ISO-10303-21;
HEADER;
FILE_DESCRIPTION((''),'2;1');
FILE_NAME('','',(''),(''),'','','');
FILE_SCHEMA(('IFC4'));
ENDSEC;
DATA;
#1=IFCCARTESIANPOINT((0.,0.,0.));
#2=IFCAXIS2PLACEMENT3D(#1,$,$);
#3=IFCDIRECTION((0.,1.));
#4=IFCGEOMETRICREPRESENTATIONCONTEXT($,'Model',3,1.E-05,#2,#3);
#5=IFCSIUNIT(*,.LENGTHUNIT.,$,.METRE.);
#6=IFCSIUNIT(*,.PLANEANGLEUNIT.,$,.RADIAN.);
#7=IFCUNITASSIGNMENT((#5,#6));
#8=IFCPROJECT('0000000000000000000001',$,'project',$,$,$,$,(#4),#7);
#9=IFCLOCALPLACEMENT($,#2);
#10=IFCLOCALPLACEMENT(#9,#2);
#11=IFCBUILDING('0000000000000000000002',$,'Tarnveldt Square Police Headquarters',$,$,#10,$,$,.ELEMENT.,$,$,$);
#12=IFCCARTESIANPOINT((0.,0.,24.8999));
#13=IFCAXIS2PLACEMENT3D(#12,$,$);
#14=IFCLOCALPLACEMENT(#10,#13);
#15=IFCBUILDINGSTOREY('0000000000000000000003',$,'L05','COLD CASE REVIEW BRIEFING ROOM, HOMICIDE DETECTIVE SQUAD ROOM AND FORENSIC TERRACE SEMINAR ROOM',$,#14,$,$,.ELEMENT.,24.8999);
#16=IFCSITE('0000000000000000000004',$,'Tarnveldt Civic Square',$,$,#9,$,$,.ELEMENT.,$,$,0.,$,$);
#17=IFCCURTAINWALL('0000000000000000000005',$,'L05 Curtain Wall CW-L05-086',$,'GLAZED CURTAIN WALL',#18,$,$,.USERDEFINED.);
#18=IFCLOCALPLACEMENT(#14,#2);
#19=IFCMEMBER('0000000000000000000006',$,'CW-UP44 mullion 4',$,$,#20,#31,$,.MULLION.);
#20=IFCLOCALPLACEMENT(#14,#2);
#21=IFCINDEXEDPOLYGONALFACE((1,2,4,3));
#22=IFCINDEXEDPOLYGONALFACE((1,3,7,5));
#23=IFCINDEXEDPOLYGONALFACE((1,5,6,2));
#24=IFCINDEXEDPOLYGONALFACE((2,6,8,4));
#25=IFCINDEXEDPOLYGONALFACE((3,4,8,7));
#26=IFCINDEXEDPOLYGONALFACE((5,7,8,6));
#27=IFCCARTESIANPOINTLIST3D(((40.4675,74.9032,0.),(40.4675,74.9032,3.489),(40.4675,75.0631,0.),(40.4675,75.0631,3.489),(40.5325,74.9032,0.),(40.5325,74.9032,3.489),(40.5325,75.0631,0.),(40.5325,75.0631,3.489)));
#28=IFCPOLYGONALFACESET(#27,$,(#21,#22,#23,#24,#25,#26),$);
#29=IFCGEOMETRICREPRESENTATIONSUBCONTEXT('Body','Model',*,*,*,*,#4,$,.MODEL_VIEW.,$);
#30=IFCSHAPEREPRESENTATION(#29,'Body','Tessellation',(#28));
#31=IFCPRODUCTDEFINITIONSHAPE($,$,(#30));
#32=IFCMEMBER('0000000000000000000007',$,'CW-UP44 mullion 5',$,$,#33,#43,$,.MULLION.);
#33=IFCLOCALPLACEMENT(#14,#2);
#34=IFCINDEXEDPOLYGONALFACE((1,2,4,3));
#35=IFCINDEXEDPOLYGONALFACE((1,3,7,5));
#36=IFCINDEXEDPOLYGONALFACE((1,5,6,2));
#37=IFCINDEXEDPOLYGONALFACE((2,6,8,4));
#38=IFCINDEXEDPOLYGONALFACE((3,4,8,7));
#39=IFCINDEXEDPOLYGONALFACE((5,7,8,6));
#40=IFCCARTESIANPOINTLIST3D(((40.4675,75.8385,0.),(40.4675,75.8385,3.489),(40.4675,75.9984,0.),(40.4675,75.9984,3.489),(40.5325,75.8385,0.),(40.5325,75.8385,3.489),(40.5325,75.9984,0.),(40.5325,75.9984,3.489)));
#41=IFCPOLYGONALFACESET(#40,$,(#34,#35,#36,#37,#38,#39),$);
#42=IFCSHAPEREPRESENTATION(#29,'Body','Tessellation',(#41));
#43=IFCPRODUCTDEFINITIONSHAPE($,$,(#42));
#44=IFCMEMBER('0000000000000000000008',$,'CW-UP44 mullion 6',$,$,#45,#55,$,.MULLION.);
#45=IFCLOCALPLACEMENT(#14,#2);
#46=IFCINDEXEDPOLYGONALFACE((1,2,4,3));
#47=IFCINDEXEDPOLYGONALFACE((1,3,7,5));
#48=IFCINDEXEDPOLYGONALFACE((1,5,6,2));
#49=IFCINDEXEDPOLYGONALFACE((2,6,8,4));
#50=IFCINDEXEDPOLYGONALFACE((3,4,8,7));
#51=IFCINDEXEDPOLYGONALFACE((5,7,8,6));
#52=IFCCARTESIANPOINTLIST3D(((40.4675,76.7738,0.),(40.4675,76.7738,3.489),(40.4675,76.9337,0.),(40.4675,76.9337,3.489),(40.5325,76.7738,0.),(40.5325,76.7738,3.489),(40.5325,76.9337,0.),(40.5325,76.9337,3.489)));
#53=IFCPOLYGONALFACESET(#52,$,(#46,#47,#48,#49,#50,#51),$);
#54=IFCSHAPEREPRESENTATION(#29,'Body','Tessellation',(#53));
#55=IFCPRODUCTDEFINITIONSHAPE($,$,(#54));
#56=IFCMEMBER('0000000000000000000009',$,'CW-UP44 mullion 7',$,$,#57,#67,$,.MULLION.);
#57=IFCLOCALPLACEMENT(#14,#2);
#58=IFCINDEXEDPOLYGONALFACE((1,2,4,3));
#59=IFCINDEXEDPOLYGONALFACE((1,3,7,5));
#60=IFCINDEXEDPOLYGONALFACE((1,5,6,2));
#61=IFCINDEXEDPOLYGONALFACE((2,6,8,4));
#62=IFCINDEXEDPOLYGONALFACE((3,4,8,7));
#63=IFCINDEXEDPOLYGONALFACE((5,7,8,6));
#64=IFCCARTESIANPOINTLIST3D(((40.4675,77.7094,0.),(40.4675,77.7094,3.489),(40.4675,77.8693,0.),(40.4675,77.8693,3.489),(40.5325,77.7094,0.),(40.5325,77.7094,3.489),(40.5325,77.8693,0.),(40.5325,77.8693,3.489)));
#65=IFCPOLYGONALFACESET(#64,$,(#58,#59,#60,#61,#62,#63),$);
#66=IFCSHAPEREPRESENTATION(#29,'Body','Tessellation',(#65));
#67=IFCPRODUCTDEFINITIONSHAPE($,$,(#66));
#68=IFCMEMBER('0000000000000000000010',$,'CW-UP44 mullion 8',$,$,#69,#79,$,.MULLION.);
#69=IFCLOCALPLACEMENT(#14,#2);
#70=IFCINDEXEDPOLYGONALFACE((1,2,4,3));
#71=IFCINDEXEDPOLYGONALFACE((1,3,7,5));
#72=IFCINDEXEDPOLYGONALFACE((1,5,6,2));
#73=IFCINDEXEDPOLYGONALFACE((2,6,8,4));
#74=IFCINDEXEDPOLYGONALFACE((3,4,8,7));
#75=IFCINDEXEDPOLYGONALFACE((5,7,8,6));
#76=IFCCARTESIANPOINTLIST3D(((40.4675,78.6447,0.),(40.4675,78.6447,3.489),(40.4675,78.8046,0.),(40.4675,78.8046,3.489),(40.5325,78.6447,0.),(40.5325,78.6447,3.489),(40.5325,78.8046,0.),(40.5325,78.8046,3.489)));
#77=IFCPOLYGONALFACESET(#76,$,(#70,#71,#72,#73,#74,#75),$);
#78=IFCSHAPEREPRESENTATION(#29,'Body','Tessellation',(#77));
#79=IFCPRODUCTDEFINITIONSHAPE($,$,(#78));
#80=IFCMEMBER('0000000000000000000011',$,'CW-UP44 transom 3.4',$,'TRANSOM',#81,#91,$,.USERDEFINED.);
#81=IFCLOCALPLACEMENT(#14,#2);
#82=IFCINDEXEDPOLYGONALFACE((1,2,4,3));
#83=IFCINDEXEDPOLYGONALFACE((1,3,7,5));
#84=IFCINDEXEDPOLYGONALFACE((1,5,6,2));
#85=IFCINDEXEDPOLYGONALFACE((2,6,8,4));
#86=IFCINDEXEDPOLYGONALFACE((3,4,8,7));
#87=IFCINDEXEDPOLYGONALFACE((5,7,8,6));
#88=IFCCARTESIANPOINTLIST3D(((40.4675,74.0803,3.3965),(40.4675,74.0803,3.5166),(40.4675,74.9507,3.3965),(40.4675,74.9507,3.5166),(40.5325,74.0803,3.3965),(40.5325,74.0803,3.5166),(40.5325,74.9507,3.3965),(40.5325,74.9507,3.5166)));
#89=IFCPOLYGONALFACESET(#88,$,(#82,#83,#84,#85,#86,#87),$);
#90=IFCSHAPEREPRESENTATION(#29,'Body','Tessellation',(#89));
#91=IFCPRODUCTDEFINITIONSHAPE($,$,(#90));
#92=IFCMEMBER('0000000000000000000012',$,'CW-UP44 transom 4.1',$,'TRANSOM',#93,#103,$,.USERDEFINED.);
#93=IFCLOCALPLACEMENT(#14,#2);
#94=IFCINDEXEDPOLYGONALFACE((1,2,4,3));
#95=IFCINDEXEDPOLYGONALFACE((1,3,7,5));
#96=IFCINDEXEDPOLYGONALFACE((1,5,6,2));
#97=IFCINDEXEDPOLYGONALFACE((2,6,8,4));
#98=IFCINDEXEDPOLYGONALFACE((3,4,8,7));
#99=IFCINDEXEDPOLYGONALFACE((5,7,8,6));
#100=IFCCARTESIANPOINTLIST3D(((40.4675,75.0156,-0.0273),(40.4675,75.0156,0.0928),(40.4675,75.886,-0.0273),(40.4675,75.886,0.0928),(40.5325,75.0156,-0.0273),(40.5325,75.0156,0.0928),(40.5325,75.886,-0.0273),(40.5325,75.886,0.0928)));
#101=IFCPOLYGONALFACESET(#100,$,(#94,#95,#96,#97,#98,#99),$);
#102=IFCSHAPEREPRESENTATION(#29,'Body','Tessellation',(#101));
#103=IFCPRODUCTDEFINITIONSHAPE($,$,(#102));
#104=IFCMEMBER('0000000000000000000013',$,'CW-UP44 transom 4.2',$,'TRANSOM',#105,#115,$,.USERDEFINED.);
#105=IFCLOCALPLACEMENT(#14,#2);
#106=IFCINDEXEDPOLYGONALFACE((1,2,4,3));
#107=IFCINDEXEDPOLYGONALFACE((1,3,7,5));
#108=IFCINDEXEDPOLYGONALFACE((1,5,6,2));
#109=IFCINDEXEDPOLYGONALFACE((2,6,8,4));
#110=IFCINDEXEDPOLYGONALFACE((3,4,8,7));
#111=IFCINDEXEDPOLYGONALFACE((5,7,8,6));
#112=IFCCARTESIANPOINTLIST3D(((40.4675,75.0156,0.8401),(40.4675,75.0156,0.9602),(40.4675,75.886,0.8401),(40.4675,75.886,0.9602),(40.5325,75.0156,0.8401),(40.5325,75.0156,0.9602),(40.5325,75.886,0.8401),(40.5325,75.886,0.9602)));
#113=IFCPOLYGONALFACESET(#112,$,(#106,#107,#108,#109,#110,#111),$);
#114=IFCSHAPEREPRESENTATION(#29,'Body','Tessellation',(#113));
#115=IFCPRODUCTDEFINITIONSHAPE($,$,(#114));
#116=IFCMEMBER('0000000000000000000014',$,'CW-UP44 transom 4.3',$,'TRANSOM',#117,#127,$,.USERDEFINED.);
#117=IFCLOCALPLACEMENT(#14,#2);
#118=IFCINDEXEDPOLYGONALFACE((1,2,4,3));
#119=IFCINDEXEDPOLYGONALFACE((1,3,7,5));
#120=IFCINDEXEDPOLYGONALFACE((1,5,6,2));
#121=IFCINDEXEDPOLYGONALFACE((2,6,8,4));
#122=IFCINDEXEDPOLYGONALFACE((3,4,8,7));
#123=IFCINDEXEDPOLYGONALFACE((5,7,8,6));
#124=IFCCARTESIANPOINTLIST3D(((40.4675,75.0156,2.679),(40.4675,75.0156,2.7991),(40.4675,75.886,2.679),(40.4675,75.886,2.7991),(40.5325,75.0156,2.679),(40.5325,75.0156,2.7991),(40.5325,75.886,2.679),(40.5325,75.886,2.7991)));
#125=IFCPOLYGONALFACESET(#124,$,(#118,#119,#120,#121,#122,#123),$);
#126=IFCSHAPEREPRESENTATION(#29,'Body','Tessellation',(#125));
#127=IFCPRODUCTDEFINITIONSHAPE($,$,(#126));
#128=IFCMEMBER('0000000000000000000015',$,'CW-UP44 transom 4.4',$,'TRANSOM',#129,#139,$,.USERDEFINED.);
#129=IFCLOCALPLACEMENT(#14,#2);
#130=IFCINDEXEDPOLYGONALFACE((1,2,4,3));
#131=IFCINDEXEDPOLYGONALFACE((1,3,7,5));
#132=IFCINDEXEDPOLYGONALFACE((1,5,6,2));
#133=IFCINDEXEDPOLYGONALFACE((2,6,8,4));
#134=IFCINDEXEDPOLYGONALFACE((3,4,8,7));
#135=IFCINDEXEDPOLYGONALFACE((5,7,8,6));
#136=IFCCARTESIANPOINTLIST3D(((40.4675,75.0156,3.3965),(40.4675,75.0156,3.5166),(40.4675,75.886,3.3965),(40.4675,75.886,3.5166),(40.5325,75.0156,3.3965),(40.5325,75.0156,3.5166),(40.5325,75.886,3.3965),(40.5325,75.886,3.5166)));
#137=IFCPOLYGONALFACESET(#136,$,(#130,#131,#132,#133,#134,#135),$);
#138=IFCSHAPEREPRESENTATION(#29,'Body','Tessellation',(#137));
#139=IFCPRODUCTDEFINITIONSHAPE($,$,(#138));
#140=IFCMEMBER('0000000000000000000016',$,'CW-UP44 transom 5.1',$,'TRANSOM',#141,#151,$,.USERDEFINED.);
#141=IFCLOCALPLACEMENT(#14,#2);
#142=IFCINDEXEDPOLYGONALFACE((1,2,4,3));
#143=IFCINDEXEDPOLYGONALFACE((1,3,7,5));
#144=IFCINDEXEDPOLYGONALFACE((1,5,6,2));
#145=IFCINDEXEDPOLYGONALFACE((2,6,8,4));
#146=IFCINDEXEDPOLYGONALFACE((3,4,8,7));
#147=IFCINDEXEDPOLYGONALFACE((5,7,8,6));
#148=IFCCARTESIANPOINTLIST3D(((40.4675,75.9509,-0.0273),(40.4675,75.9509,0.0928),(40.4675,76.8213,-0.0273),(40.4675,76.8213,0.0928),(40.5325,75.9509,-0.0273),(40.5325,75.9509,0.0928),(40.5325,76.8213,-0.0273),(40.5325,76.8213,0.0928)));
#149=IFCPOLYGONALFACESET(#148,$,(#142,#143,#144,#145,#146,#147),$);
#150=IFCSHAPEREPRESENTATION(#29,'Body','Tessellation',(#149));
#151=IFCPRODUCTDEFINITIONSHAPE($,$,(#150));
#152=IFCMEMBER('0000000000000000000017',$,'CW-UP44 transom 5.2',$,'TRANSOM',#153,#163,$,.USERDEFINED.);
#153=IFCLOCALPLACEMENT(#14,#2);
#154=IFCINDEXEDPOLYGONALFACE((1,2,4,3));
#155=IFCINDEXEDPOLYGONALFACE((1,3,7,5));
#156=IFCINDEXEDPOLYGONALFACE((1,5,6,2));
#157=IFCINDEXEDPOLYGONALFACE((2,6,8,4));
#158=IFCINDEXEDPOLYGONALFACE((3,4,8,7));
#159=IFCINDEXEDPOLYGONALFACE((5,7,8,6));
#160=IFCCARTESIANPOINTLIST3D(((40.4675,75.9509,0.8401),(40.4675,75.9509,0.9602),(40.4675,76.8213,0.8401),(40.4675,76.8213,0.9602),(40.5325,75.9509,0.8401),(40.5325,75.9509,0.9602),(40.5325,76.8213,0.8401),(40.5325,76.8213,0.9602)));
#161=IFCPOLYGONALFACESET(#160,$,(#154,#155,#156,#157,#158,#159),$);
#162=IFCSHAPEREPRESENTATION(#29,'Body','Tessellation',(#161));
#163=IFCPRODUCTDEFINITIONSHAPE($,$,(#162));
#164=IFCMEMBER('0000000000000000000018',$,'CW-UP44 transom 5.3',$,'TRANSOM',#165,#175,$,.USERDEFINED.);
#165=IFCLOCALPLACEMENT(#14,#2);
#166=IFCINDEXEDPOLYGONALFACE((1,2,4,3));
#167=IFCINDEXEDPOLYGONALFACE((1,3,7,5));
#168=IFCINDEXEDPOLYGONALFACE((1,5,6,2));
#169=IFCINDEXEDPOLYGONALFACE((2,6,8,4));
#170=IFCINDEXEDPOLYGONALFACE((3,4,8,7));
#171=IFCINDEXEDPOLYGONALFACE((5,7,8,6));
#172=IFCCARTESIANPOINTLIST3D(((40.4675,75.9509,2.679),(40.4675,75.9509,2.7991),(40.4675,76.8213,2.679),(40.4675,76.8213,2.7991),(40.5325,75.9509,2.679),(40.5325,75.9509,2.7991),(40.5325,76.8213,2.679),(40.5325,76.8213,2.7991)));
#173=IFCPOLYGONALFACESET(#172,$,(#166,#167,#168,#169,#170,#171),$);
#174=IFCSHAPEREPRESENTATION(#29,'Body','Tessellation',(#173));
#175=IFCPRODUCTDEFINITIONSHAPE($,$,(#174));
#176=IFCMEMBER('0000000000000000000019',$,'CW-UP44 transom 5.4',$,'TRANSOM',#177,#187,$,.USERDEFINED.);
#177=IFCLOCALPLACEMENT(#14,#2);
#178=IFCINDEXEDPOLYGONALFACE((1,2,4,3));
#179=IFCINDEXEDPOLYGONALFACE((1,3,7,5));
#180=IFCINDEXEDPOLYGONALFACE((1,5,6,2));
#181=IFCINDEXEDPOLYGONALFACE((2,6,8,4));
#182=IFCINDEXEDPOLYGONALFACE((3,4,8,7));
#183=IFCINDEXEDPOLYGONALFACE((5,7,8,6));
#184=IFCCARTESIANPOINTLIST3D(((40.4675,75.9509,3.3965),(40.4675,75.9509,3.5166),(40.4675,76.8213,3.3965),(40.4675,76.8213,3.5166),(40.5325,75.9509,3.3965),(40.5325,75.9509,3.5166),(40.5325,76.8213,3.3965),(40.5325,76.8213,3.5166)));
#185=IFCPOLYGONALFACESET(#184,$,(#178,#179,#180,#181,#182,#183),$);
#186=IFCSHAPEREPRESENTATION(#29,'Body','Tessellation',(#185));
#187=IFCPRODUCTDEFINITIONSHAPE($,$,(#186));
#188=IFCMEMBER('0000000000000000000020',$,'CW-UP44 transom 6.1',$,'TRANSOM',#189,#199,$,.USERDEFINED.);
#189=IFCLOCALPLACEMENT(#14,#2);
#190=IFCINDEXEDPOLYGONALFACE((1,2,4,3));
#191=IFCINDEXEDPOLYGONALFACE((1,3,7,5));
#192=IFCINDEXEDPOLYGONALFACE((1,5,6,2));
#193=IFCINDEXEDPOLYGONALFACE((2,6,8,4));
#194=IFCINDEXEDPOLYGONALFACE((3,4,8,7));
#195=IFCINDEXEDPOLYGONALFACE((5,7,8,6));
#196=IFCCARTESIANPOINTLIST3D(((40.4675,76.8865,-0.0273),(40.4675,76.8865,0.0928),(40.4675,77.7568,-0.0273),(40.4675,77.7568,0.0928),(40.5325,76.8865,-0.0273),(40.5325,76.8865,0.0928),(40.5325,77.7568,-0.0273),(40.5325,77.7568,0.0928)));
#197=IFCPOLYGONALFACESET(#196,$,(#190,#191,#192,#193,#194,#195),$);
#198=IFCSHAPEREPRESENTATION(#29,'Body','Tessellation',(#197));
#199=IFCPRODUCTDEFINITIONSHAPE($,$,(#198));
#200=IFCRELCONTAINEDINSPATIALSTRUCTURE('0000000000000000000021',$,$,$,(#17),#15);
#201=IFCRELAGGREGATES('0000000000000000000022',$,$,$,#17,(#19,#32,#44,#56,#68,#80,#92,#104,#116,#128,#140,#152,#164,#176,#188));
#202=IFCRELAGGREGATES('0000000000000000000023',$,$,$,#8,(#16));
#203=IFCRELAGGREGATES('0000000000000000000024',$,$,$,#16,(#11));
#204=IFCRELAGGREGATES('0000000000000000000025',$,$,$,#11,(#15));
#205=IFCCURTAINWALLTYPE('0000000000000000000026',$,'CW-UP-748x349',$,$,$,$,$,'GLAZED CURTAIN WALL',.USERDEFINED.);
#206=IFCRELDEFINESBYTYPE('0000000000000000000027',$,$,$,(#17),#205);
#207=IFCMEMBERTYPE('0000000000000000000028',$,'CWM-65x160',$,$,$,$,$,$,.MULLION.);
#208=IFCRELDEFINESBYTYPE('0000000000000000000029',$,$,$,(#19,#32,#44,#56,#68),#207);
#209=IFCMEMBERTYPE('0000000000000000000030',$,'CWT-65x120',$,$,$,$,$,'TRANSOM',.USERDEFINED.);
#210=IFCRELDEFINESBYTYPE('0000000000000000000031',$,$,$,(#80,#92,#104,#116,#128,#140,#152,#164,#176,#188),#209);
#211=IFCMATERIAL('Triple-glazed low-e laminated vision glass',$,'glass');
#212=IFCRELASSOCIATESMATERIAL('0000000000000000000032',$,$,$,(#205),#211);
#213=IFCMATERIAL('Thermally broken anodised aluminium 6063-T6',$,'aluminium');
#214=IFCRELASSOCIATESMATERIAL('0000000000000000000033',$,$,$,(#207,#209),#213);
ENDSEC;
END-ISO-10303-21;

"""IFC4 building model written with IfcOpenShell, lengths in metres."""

from ifc_helpers import new_model, si_unit, direction, frame, origin, origin_2d, place, context, subcontext, project, spatial, rectangle, extrude, material, material_profile, profile_set, type_object, element, aggregate, save


model = new_model("IFC4")

# Units and contexts
model_context = context("Model", 3, precision=1e-05, world=origin(), true_north=direction((0.0, 1.0)))
body_context = subcontext(model_context, "Body", "Model", "MODEL_VIEW")
ifc_project = project(units=[si_unit("LENGTHUNIT", "METRE"), si_unit("PLANEANGLEUNIT", "RADIAN")], contexts=[model_context])

# Site, building, storey
site_placement = place(None, origin())
site = spatial("IfcSite", under=ifc_project, at=site_placement, Name="Tarnveldt Civic Square", CompositionType="ELEMENT", RefElevation=0.0)
building_placement = place(site_placement, origin())
building = spatial("IfcBuilding", under=site, at=building_placement, Name="Tarnveldt Square Police Headquarters", CompositionType="ELEMENT")
storey_placement = place(building_placement, frame((0.0, 0.0, 24.8999)))
storey = spatial("IfcBuildingStorey", under=building, at=storey_placement, Name="L05", Description="COLD CASE REVIEW BRIEFING ROOM, HOMICIDE DETECTIVE SQUAD ROOM AND FORENSIC TERRACE SEMINAR ROOM", CompositionType="ELEMENT", Elevation=24.8999)

# Curtain wall, members
ifc_material_1 = material(Name="Triple-glazed low-e laminated vision glass", Category="glass")
curtain_wall_type = type_object("IfcCurtainWallType", Name="CW-UP-748x349", ElementType="GLAZED CURTAIN WALL", PredefinedType="USERDEFINED", material=ifc_material_1)
curtain_wall_placement = place(storey_placement, origin())
curtain_wall = element("IfcCurtainWall", 1, at=curtain_wall_placement, inside=storey, type_object=curtain_wall_type, Name="L05 Curtain Wall CW-L05-086", ObjectType="GLAZED CURTAIN WALL", PredefinedType="USERDEFINED")
ifc_material_2 = material(Name="Thermally broken anodised aluminium 6063-T6", Category="aluminium")
ifc_material_profile_1 = material_profile(ifc_material_2, rectangle(XDim=0.0649, YDim=0.1599, at=origin_2d()), Name="CW-M65x160")
ifc_profile_set_1 = profile_set([ifc_material_profile_1], Name="Thermally broken anodised aluminium 6063-T6")
member_type_1 = type_object("IfcMemberType", Name="CWM-65x160", PredefinedType="MULLION", material=ifc_profile_set_1)
member_1_placement = place(storey_placement, frame((40.5, 74.9832, 0.0), z_axis=(0.0, 0.0, 1.0), x_axis=(-1.0, 0.0, 0.0)))
member_1 = element("IfcMember", 2, at=member_1_placement, type_object=member_type_1, Name="CW-UP44 mullion 4", PredefinedType="MULLION", context=body_context, shape_type="SweptSolid", body=[
    extrude(rectangle(XDim=0.0649, YDim=0.1599, at=origin_2d()), origin(), (0.0, 0.0, 1.0), 3.489),
])
member_2_placement = place(storey_placement, frame((40.5, 75.9185, 0.0), z_axis=(0.0, 0.0, 1.0), x_axis=(-1.0, 0.0, 0.0)))
member_2 = element("IfcMember", 3, at=member_2_placement, type_object=member_type_1, Name="CW-UP44 mullion 5", PredefinedType="MULLION", context=body_context, shape_type="SweptSolid", body=[
    extrude(rectangle(XDim=0.0649, YDim=0.1599, at=origin_2d()), origin(), (0.0, 0.0, 1.0), 3.489),
])
member_3_placement = place(storey_placement, frame((40.5, 76.8538, 0.0), z_axis=(0.0, 0.0, 1.0), x_axis=(-1.0, 0.0, 0.0)))
member_3 = element("IfcMember", 4, at=member_3_placement, type_object=member_type_1, Name="CW-UP44 mullion 6", PredefinedType="MULLION", context=body_context, shape_type="SweptSolid", body=[
    extrude(rectangle(XDim=0.0649, YDim=0.1599, at=origin_2d()), origin(), (0.0, 0.0, 1.0), 3.489),
])
member_4_placement = place(storey_placement, frame((40.5, 77.7893, 0.0), z_axis=(0.0, 0.0, 1.0), x_axis=(-1.0, 0.0, 0.0)))
member_4 = element("IfcMember", 5, at=member_4_placement, type_object=member_type_1, Name="CW-UP44 mullion 7", PredefinedType="MULLION", context=body_context, shape_type="SweptSolid", body=[
    extrude(rectangle(XDim=0.0649, YDim=0.1599, at=origin_2d()), origin(), (0.0, 0.0, 1.0), 3.489),
])
member_5_placement = place(storey_placement, frame((40.5, 78.7246, 0.0), z_axis=(0.0, 0.0, 1.0), x_axis=(-1.0, 0.0, 0.0)))
member_5 = element("IfcMember", 6, at=member_5_placement, type_object=member_type_1, Name="CW-UP44 mullion 8", PredefinedType="MULLION", context=body_context, shape_type="SweptSolid", body=[
    extrude(rectangle(XDim=0.0649, YDim=0.1599, at=origin_2d()), origin(), (0.0, 0.0, 1.0), 3.489),
])
ifc_material_profile_2 = material_profile(ifc_material_2, rectangle(XDim=0.0649, YDim=0.1201, at=origin_2d()), Name="CW-T65x120")
ifc_profile_set_2 = profile_set([ifc_material_profile_2], Name="Thermally broken anodised aluminium 6063-T6")
member_type_2 = type_object("IfcMemberType", Name="CWT-65x120", ElementType="TRANSOM", PredefinedType="USERDEFINED", material=ifc_profile_set_2)
member_6_placement = place(storey_placement, frame((40.5, 74.0803, 3.4565), z_axis=(0.0, 1.0, 0.0), x_axis=(-1.0, 0.0, 0.0)))
member_6 = element("IfcMember", 7, at=member_6_placement, type_object=member_type_2, Name="CW-UP44 transom 3.4", ObjectType="TRANSOM", PredefinedType="USERDEFINED", context=body_context, shape_type="SweptSolid", body=[
    extrude(rectangle(XDim=0.0649, YDim=0.1201, at=origin_2d()), origin(), (0.0, 0.0, 1.0), 0.8704),
])
member_7_placement = place(storey_placement, frame((40.5, 75.0156, 0.0327), z_axis=(0.0, 1.0, 0.0), x_axis=(-1.0, 0.0, 0.0)))
member_7 = element("IfcMember", 8, at=member_7_placement, type_object=member_type_2, Name="CW-UP44 transom 4.1", ObjectType="TRANSOM", PredefinedType="USERDEFINED", context=body_context, shape_type="SweptSolid", body=[
    extrude(rectangle(XDim=0.0649, YDim=0.1201, at=origin_2d()), origin(), (0.0, 0.0, 1.0), 0.8704),
])
member_8_placement = place(storey_placement, frame((40.5, 75.0156, 0.9001), z_axis=(0.0, 1.0, 0.0), x_axis=(-1.0, 0.0, 0.0)))
member_8 = element("IfcMember", 9, at=member_8_placement, type_object=member_type_2, Name="CW-UP44 transom 4.2", ObjectType="TRANSOM", PredefinedType="USERDEFINED", context=body_context, shape_type="SweptSolid", body=[
    extrude(rectangle(XDim=0.0649, YDim=0.1201, at=origin_2d()), origin(), (0.0, 0.0, 1.0), 0.8704),
])
member_9_placement = place(storey_placement, frame((40.5, 75.0156, 2.739), z_axis=(0.0, 1.0, 0.0), x_axis=(-1.0, 0.0, 0.0)))
member_9 = element("IfcMember", 10, at=member_9_placement, type_object=member_type_2, Name="CW-UP44 transom 4.3", ObjectType="TRANSOM", PredefinedType="USERDEFINED", context=body_context, shape_type="SweptSolid", body=[
    extrude(rectangle(XDim=0.0649, YDim=0.1201, at=origin_2d()), origin(), (0.0, 0.0, 1.0), 0.8704),
])
member_10_placement = place(storey_placement, frame((40.5, 75.0156, 3.4565), z_axis=(0.0, 1.0, 0.0), x_axis=(-1.0, 0.0, 0.0)))
member_10 = element("IfcMember", 11, at=member_10_placement, type_object=member_type_2, Name="CW-UP44 transom 4.4", ObjectType="TRANSOM", PredefinedType="USERDEFINED", context=body_context, shape_type="SweptSolid", body=[
    extrude(rectangle(XDim=0.0649, YDim=0.1201, at=origin_2d()), origin(), (0.0, 0.0, 1.0), 0.8704),
])
member_11_placement = place(storey_placement, frame((40.5, 75.9509, 0.0327), z_axis=(0.0, 1.0, 0.0), x_axis=(-1.0, 0.0, 0.0)))
member_11 = element("IfcMember", 12, at=member_11_placement, type_object=member_type_2, Name="CW-UP44 transom 5.1", ObjectType="TRANSOM", PredefinedType="USERDEFINED", context=body_context, shape_type="SweptSolid", body=[
    extrude(rectangle(XDim=0.0649, YDim=0.1201, at=origin_2d()), origin(), (0.0, 0.0, 1.0), 0.8704),
])
member_12_placement = place(storey_placement, frame((40.5, 75.9509, 0.9001), z_axis=(0.0, 1.0, 0.0), x_axis=(-1.0, 0.0, 0.0)))
member_12 = element("IfcMember", 13, at=member_12_placement, type_object=member_type_2, Name="CW-UP44 transom 5.2", ObjectType="TRANSOM", PredefinedType="USERDEFINED", context=body_context, shape_type="SweptSolid", body=[
    extrude(rectangle(XDim=0.0649, YDim=0.1201, at=origin_2d()), origin(), (0.0, 0.0, 1.0), 0.8704),
])
member_13_placement = place(storey_placement, frame((40.5, 75.9509, 2.739), z_axis=(0.0, 1.0, 0.0), x_axis=(-1.0, 0.0, 0.0)))
member_13 = element("IfcMember", 14, at=member_13_placement, type_object=member_type_2, Name="CW-UP44 transom 5.3", ObjectType="TRANSOM", PredefinedType="USERDEFINED", context=body_context, shape_type="SweptSolid", body=[
    extrude(rectangle(XDim=0.0649, YDim=0.1201, at=origin_2d()), origin(), (0.0, 0.0, 1.0), 0.8704),
])
member_14_placement = place(storey_placement, frame((40.5, 75.9509, 3.4565), z_axis=(0.0, 1.0, 0.0), x_axis=(-1.0, 0.0, 0.0)))
member_14 = element("IfcMember", 15, at=member_14_placement, type_object=member_type_2, Name="CW-UP44 transom 5.4", ObjectType="TRANSOM", PredefinedType="USERDEFINED", context=body_context, shape_type="SweptSolid", body=[
    extrude(rectangle(XDim=0.0649, YDim=0.1201, at=origin_2d()), origin(), (0.0, 0.0, 1.0), 0.8704),
])
member_15_placement = place(storey_placement, frame((40.5, 76.8865, 0.0327), z_axis=(0.0, 1.0, 0.0), x_axis=(-1.0, 0.0, 0.0)))
member_15 = element("IfcMember", 16, at=member_15_placement, type_object=member_type_2, Name="CW-UP44 transom 6.1", ObjectType="TRANSOM", PredefinedType="USERDEFINED", context=body_context, shape_type="SweptSolid", body=[
    extrude(rectangle(XDim=0.0649, YDim=0.1201, at=origin_2d()), origin(), (0.0, 0.0, 1.0), 0.8704),
])
aggregate(curtain_wall, [member_1, member_2, member_3, member_4, member_5, member_6, member_7, member_8, member_9, member_10, member_11, member_12, member_13, member_14, member_15])

save(model, "model.ifc")
